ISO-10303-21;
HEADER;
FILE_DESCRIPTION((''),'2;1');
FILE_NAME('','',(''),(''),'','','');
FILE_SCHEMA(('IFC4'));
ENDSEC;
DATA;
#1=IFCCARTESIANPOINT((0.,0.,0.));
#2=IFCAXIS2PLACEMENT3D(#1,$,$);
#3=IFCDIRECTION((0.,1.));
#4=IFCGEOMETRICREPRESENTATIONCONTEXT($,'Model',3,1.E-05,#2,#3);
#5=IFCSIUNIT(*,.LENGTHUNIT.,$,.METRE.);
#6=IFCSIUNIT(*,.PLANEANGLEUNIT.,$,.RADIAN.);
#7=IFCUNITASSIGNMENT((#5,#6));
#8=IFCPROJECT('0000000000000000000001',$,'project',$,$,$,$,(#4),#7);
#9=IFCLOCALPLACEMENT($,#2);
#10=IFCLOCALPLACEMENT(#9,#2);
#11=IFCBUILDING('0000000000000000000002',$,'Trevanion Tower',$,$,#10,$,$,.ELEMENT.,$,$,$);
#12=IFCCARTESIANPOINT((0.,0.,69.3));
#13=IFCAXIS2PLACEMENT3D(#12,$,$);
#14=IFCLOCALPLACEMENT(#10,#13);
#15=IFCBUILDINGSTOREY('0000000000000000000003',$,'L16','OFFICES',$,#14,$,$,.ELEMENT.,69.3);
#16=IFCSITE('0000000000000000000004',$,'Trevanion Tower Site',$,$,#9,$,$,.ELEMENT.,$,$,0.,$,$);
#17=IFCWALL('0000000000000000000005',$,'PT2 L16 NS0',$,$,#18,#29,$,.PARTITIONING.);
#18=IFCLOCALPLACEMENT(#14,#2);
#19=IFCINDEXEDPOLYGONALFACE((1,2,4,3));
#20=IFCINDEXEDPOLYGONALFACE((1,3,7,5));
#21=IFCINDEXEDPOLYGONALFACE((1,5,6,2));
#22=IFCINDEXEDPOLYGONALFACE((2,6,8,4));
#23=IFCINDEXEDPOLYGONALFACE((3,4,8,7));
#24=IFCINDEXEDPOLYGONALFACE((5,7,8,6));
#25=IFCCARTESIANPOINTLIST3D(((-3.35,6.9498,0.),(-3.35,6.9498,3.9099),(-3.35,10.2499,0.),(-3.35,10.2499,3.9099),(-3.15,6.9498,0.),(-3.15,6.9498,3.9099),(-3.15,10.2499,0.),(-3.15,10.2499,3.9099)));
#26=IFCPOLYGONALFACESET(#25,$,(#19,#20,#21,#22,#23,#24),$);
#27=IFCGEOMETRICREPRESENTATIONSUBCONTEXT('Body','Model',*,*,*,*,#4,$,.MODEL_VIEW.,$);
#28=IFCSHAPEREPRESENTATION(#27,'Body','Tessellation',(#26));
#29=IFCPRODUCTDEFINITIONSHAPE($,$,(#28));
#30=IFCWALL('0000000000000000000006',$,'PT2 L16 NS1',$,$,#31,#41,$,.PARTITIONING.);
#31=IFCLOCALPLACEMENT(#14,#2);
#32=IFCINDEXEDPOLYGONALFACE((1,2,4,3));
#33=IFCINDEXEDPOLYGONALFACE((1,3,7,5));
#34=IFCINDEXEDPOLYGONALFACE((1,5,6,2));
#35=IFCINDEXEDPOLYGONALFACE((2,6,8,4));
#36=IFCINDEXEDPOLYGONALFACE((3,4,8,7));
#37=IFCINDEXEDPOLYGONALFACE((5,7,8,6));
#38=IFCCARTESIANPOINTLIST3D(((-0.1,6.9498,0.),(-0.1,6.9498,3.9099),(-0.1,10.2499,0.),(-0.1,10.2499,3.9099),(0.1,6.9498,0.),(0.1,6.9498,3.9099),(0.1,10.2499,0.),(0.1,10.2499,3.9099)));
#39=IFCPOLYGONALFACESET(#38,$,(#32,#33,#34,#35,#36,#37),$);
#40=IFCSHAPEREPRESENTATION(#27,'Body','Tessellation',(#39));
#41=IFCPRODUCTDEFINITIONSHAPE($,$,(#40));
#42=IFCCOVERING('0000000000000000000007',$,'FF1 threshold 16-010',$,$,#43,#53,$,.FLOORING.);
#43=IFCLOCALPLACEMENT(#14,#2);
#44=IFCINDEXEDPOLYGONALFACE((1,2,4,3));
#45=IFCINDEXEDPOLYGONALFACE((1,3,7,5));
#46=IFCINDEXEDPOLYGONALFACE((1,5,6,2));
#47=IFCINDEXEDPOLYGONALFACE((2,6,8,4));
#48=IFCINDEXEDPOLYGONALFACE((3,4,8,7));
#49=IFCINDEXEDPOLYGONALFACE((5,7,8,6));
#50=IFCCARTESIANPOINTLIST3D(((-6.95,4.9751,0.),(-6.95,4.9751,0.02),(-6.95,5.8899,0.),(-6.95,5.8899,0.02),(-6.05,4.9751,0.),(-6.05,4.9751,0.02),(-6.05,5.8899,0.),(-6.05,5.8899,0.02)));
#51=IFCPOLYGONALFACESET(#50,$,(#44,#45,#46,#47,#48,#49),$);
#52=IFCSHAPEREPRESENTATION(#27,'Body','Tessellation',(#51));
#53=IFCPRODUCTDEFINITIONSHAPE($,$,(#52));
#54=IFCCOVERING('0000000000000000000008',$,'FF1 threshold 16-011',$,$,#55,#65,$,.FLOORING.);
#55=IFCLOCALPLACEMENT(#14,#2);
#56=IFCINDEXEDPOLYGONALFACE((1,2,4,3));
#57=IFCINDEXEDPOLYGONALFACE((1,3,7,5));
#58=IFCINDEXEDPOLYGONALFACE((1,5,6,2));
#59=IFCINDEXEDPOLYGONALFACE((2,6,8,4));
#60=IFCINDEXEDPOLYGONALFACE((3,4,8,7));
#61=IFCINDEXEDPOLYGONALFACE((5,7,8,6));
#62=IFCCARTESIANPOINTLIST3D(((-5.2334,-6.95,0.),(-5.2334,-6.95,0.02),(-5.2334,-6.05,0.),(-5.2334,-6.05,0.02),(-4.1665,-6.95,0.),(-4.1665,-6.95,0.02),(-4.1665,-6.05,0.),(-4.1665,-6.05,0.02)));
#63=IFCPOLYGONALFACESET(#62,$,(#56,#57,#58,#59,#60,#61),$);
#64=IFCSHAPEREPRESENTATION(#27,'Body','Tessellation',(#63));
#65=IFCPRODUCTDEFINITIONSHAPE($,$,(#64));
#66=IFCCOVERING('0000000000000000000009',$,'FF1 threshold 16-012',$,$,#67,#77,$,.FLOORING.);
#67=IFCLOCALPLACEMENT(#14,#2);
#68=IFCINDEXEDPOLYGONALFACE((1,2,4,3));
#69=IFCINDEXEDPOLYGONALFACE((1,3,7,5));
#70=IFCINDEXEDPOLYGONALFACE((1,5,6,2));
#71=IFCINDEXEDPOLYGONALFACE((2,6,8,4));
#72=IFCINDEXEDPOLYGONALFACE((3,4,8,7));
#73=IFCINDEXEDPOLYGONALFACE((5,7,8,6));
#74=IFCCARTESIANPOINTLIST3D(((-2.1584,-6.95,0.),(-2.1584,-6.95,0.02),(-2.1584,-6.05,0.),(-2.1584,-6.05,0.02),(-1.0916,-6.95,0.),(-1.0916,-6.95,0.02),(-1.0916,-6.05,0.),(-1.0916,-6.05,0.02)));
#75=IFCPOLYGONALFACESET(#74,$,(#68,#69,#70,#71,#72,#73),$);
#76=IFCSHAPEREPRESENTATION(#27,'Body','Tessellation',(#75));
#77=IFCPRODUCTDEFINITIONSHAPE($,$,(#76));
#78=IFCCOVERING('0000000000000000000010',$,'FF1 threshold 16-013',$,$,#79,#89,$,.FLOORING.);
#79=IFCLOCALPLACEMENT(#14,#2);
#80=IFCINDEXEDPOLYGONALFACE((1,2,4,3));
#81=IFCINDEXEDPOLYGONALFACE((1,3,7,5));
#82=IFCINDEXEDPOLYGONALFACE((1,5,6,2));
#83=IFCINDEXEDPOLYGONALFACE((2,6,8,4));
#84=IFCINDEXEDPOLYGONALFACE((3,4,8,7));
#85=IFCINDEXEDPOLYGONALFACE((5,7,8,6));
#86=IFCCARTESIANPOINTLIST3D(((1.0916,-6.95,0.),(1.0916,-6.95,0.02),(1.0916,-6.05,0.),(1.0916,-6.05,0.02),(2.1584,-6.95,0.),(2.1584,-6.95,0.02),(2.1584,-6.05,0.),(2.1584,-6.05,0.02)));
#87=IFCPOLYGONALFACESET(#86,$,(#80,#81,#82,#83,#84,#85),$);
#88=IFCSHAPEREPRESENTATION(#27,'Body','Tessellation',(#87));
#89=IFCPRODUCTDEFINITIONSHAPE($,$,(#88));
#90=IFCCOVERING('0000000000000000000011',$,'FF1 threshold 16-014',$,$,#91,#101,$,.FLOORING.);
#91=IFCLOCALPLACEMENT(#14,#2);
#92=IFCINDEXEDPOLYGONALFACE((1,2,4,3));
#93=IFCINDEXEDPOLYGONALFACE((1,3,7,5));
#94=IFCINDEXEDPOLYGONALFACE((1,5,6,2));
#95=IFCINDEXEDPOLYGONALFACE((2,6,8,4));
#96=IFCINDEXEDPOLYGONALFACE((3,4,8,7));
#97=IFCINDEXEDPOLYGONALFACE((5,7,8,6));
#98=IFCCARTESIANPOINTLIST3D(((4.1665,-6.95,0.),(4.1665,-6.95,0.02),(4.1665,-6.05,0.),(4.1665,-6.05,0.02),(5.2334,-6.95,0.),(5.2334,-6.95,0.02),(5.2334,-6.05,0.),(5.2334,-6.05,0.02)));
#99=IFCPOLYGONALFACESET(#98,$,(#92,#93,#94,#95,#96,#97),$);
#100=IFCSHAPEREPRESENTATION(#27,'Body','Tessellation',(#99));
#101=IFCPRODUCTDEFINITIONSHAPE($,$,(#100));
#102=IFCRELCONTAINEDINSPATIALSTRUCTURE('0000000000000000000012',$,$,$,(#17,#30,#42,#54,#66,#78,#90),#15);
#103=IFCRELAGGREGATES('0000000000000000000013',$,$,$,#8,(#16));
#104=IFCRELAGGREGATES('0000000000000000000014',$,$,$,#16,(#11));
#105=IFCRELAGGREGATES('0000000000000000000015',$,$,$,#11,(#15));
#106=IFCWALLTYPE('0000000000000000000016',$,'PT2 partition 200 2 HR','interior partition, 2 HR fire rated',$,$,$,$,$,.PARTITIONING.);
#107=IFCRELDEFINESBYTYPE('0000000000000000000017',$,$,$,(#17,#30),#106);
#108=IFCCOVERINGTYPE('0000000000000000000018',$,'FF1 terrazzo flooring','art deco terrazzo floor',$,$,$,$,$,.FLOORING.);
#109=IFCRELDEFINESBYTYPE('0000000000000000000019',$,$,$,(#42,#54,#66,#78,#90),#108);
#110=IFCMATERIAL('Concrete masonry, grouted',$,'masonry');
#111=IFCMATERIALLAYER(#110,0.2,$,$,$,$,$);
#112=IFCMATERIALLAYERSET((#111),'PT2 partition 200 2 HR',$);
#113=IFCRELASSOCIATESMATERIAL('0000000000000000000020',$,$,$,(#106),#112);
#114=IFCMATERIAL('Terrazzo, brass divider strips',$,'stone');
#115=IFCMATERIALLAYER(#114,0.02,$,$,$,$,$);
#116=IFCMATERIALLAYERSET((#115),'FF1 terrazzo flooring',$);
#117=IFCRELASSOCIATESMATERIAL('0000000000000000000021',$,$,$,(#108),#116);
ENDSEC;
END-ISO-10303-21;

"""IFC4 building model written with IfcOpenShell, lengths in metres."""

from ifc_helpers import new_model, si_unit, direction, frame, frame_2d, origin, place, context, subcontext, project, spatial, polyline, rectangle, outline, extrude, material, layer, layer_set, type_object, element, save


model = new_model("IFC4")

# Units and contexts
model_context = context("Model", 3, precision=1e-05, world=origin(), true_north=direction((0.0, 1.0)))
body_context = subcontext(model_context, "Body", "Model", "MODEL_VIEW")
ifc_project = project(units=[si_unit("LENGTHUNIT", "METRE"), si_unit("PLANEANGLEUNIT", "RADIAN")], contexts=[model_context])

# Site, building, storey
site_placement = place(None, origin())
site = spatial("IfcSite", under=ifc_project, at=site_placement, Name="Trevanion Tower Site", CompositionType="ELEMENT", RefElevation=0.0)
building_placement = place(site_placement, origin())
building = spatial("IfcBuilding", under=site, at=building_placement, Name="Trevanion Tower", CompositionType="ELEMENT")
storey_placement = place(building_placement, frame((0.0, 0.0, 69.3)))
storey = spatial("IfcBuildingStorey", under=building, at=storey_placement, Name="L16", Description="OFFICES", CompositionType="ELEMENT", Elevation=69.3)

# Walls
ifc_material_1 = material(Name="Concrete masonry, grouted", Category="masonry")
ifc_layer_1 = layer(ifc_material_1, 0.2)
ifc_layer_set_1 = layer_set([ifc_layer_1], Name="PT2 partition 200 2 HR")
wall_type = type_object("IfcWallType", Name="PT2 partition 200 2 HR", Description="interior partition, 2 HR fire rated", PredefinedType="PARTITIONING", material=ifc_layer_set_1)
for number, where, z_axis, x_axis, name in (
    (1, (-3.25, 6.95, 0.0), (0.0, 0.0, 1.0), (0.0, 1.0, 0.0), "PT2 L16 NS0"),
    (2, (0.0, 6.95, 0.0), (0.0, 0.0, 1.0), (0.0, 1.0, 0.0), "PT2 L16 NS1"),
):
    element("IfcWall", number, at=place(storey_placement, frame(where, z_axis=z_axis, x_axis=x_axis)), inside=storey, type_object=wall_type, Name=name, PredefinedType="PARTITIONING", context=body_context, shape_type="SweptSolid", body=[
        extrude(rectangle(XDim=3.3, YDim=0.2, at=frame_2d((1.6499, 0.0))), origin(), (0.0, 0.0, 1.0), 3.9099),
    ])

# Coverings
ifc_material_2 = material(Name="Terrazzo, brass divider strips", Category="stone")
ifc_layer_2 = layer(ifc_material_2, 0.02)
ifc_layer_set_2 = layer_set([ifc_layer_2], Name="FF1 terrazzo flooring")
covering_type = type_object("IfcCoveringType", Name="FF1 terrazzo flooring", Description="art deco terrazzo floor", PredefinedType="FLOORING", material=ifc_layer_set_2)
covering_1_placement = place(storey_placement, origin())
element("IfcCovering", 3, at=covering_1_placement, inside=storey, type_object=covering_type, Name="FF1 threshold 16-010", PredefinedType="FLOORING", context=body_context, shape_type="SweptSolid", body=[
    extrude(outline(polyline([(-6.95, 5.8899), (-6.95, 4.9751), (-6.05, 4.9751), (-6.05, 5.8899), (-6.95, 5.8899)])), origin(), (0.0, 0.0, 1.0), 0.02),
])
covering_2_placement = place(storey_placement, origin())
element("IfcCovering", 4, at=covering_2_placement, inside=storey, type_object=covering_type, Name="FF1 threshold 16-011", PredefinedType="FLOORING", context=body_context, shape_type="SweptSolid", body=[
    extrude(outline(polyline([(-5.2334, -6.95), (-4.1665, -6.95), (-4.1665, -6.05), (-5.2334, -6.05), (-5.2334, -6.95)])), origin(), (0.0, 0.0, 1.0), 0.02),
])
covering_3_placement = place(storey_placement, origin())
element("IfcCovering", 5, at=covering_3_placement, inside=storey, type_object=covering_type, Name="FF1 threshold 16-012", PredefinedType="FLOORING", context=body_context, shape_type="SweptSolid", body=[
    extrude(outline(polyline([(-2.1584, -6.95), (-1.0916, -6.95), (-1.0916, -6.05), (-2.1584, -6.05), (-2.1584, -6.95)])), origin(), (0.0, 0.0, 1.0), 0.02),
])
covering_4_placement = place(storey_placement, origin())
element("IfcCovering", 6, at=covering_4_placement, inside=storey, type_object=covering_type, Name="FF1 threshold 16-013", PredefinedType="FLOORING", context=body_context, shape_type="SweptSolid", body=[
    extrude(outline(polyline([(1.0916, -6.95), (2.1584, -6.95), (2.1584, -6.05), (1.0916, -6.05), (1.0916, -6.95)])), origin(), (0.0, 0.0, 1.0), 0.02),
])
covering_5_placement = place(storey_placement, origin())
element("IfcCovering", 7, at=covering_5_placement, inside=storey, type_object=covering_type, Name="FF1 threshold 16-014", PredefinedType="FLOORING", context=body_context, shape_type="SweptSolid", body=[
    extrude(outline(polyline([(4.1665, -6.95), (5.2334, -6.95), (5.2334, -6.05), (4.1665, -6.05), (4.1665, -6.95)])), origin(), (0.0, 0.0, 1.0), 0.02),
])

save(model, "model.ifc")
